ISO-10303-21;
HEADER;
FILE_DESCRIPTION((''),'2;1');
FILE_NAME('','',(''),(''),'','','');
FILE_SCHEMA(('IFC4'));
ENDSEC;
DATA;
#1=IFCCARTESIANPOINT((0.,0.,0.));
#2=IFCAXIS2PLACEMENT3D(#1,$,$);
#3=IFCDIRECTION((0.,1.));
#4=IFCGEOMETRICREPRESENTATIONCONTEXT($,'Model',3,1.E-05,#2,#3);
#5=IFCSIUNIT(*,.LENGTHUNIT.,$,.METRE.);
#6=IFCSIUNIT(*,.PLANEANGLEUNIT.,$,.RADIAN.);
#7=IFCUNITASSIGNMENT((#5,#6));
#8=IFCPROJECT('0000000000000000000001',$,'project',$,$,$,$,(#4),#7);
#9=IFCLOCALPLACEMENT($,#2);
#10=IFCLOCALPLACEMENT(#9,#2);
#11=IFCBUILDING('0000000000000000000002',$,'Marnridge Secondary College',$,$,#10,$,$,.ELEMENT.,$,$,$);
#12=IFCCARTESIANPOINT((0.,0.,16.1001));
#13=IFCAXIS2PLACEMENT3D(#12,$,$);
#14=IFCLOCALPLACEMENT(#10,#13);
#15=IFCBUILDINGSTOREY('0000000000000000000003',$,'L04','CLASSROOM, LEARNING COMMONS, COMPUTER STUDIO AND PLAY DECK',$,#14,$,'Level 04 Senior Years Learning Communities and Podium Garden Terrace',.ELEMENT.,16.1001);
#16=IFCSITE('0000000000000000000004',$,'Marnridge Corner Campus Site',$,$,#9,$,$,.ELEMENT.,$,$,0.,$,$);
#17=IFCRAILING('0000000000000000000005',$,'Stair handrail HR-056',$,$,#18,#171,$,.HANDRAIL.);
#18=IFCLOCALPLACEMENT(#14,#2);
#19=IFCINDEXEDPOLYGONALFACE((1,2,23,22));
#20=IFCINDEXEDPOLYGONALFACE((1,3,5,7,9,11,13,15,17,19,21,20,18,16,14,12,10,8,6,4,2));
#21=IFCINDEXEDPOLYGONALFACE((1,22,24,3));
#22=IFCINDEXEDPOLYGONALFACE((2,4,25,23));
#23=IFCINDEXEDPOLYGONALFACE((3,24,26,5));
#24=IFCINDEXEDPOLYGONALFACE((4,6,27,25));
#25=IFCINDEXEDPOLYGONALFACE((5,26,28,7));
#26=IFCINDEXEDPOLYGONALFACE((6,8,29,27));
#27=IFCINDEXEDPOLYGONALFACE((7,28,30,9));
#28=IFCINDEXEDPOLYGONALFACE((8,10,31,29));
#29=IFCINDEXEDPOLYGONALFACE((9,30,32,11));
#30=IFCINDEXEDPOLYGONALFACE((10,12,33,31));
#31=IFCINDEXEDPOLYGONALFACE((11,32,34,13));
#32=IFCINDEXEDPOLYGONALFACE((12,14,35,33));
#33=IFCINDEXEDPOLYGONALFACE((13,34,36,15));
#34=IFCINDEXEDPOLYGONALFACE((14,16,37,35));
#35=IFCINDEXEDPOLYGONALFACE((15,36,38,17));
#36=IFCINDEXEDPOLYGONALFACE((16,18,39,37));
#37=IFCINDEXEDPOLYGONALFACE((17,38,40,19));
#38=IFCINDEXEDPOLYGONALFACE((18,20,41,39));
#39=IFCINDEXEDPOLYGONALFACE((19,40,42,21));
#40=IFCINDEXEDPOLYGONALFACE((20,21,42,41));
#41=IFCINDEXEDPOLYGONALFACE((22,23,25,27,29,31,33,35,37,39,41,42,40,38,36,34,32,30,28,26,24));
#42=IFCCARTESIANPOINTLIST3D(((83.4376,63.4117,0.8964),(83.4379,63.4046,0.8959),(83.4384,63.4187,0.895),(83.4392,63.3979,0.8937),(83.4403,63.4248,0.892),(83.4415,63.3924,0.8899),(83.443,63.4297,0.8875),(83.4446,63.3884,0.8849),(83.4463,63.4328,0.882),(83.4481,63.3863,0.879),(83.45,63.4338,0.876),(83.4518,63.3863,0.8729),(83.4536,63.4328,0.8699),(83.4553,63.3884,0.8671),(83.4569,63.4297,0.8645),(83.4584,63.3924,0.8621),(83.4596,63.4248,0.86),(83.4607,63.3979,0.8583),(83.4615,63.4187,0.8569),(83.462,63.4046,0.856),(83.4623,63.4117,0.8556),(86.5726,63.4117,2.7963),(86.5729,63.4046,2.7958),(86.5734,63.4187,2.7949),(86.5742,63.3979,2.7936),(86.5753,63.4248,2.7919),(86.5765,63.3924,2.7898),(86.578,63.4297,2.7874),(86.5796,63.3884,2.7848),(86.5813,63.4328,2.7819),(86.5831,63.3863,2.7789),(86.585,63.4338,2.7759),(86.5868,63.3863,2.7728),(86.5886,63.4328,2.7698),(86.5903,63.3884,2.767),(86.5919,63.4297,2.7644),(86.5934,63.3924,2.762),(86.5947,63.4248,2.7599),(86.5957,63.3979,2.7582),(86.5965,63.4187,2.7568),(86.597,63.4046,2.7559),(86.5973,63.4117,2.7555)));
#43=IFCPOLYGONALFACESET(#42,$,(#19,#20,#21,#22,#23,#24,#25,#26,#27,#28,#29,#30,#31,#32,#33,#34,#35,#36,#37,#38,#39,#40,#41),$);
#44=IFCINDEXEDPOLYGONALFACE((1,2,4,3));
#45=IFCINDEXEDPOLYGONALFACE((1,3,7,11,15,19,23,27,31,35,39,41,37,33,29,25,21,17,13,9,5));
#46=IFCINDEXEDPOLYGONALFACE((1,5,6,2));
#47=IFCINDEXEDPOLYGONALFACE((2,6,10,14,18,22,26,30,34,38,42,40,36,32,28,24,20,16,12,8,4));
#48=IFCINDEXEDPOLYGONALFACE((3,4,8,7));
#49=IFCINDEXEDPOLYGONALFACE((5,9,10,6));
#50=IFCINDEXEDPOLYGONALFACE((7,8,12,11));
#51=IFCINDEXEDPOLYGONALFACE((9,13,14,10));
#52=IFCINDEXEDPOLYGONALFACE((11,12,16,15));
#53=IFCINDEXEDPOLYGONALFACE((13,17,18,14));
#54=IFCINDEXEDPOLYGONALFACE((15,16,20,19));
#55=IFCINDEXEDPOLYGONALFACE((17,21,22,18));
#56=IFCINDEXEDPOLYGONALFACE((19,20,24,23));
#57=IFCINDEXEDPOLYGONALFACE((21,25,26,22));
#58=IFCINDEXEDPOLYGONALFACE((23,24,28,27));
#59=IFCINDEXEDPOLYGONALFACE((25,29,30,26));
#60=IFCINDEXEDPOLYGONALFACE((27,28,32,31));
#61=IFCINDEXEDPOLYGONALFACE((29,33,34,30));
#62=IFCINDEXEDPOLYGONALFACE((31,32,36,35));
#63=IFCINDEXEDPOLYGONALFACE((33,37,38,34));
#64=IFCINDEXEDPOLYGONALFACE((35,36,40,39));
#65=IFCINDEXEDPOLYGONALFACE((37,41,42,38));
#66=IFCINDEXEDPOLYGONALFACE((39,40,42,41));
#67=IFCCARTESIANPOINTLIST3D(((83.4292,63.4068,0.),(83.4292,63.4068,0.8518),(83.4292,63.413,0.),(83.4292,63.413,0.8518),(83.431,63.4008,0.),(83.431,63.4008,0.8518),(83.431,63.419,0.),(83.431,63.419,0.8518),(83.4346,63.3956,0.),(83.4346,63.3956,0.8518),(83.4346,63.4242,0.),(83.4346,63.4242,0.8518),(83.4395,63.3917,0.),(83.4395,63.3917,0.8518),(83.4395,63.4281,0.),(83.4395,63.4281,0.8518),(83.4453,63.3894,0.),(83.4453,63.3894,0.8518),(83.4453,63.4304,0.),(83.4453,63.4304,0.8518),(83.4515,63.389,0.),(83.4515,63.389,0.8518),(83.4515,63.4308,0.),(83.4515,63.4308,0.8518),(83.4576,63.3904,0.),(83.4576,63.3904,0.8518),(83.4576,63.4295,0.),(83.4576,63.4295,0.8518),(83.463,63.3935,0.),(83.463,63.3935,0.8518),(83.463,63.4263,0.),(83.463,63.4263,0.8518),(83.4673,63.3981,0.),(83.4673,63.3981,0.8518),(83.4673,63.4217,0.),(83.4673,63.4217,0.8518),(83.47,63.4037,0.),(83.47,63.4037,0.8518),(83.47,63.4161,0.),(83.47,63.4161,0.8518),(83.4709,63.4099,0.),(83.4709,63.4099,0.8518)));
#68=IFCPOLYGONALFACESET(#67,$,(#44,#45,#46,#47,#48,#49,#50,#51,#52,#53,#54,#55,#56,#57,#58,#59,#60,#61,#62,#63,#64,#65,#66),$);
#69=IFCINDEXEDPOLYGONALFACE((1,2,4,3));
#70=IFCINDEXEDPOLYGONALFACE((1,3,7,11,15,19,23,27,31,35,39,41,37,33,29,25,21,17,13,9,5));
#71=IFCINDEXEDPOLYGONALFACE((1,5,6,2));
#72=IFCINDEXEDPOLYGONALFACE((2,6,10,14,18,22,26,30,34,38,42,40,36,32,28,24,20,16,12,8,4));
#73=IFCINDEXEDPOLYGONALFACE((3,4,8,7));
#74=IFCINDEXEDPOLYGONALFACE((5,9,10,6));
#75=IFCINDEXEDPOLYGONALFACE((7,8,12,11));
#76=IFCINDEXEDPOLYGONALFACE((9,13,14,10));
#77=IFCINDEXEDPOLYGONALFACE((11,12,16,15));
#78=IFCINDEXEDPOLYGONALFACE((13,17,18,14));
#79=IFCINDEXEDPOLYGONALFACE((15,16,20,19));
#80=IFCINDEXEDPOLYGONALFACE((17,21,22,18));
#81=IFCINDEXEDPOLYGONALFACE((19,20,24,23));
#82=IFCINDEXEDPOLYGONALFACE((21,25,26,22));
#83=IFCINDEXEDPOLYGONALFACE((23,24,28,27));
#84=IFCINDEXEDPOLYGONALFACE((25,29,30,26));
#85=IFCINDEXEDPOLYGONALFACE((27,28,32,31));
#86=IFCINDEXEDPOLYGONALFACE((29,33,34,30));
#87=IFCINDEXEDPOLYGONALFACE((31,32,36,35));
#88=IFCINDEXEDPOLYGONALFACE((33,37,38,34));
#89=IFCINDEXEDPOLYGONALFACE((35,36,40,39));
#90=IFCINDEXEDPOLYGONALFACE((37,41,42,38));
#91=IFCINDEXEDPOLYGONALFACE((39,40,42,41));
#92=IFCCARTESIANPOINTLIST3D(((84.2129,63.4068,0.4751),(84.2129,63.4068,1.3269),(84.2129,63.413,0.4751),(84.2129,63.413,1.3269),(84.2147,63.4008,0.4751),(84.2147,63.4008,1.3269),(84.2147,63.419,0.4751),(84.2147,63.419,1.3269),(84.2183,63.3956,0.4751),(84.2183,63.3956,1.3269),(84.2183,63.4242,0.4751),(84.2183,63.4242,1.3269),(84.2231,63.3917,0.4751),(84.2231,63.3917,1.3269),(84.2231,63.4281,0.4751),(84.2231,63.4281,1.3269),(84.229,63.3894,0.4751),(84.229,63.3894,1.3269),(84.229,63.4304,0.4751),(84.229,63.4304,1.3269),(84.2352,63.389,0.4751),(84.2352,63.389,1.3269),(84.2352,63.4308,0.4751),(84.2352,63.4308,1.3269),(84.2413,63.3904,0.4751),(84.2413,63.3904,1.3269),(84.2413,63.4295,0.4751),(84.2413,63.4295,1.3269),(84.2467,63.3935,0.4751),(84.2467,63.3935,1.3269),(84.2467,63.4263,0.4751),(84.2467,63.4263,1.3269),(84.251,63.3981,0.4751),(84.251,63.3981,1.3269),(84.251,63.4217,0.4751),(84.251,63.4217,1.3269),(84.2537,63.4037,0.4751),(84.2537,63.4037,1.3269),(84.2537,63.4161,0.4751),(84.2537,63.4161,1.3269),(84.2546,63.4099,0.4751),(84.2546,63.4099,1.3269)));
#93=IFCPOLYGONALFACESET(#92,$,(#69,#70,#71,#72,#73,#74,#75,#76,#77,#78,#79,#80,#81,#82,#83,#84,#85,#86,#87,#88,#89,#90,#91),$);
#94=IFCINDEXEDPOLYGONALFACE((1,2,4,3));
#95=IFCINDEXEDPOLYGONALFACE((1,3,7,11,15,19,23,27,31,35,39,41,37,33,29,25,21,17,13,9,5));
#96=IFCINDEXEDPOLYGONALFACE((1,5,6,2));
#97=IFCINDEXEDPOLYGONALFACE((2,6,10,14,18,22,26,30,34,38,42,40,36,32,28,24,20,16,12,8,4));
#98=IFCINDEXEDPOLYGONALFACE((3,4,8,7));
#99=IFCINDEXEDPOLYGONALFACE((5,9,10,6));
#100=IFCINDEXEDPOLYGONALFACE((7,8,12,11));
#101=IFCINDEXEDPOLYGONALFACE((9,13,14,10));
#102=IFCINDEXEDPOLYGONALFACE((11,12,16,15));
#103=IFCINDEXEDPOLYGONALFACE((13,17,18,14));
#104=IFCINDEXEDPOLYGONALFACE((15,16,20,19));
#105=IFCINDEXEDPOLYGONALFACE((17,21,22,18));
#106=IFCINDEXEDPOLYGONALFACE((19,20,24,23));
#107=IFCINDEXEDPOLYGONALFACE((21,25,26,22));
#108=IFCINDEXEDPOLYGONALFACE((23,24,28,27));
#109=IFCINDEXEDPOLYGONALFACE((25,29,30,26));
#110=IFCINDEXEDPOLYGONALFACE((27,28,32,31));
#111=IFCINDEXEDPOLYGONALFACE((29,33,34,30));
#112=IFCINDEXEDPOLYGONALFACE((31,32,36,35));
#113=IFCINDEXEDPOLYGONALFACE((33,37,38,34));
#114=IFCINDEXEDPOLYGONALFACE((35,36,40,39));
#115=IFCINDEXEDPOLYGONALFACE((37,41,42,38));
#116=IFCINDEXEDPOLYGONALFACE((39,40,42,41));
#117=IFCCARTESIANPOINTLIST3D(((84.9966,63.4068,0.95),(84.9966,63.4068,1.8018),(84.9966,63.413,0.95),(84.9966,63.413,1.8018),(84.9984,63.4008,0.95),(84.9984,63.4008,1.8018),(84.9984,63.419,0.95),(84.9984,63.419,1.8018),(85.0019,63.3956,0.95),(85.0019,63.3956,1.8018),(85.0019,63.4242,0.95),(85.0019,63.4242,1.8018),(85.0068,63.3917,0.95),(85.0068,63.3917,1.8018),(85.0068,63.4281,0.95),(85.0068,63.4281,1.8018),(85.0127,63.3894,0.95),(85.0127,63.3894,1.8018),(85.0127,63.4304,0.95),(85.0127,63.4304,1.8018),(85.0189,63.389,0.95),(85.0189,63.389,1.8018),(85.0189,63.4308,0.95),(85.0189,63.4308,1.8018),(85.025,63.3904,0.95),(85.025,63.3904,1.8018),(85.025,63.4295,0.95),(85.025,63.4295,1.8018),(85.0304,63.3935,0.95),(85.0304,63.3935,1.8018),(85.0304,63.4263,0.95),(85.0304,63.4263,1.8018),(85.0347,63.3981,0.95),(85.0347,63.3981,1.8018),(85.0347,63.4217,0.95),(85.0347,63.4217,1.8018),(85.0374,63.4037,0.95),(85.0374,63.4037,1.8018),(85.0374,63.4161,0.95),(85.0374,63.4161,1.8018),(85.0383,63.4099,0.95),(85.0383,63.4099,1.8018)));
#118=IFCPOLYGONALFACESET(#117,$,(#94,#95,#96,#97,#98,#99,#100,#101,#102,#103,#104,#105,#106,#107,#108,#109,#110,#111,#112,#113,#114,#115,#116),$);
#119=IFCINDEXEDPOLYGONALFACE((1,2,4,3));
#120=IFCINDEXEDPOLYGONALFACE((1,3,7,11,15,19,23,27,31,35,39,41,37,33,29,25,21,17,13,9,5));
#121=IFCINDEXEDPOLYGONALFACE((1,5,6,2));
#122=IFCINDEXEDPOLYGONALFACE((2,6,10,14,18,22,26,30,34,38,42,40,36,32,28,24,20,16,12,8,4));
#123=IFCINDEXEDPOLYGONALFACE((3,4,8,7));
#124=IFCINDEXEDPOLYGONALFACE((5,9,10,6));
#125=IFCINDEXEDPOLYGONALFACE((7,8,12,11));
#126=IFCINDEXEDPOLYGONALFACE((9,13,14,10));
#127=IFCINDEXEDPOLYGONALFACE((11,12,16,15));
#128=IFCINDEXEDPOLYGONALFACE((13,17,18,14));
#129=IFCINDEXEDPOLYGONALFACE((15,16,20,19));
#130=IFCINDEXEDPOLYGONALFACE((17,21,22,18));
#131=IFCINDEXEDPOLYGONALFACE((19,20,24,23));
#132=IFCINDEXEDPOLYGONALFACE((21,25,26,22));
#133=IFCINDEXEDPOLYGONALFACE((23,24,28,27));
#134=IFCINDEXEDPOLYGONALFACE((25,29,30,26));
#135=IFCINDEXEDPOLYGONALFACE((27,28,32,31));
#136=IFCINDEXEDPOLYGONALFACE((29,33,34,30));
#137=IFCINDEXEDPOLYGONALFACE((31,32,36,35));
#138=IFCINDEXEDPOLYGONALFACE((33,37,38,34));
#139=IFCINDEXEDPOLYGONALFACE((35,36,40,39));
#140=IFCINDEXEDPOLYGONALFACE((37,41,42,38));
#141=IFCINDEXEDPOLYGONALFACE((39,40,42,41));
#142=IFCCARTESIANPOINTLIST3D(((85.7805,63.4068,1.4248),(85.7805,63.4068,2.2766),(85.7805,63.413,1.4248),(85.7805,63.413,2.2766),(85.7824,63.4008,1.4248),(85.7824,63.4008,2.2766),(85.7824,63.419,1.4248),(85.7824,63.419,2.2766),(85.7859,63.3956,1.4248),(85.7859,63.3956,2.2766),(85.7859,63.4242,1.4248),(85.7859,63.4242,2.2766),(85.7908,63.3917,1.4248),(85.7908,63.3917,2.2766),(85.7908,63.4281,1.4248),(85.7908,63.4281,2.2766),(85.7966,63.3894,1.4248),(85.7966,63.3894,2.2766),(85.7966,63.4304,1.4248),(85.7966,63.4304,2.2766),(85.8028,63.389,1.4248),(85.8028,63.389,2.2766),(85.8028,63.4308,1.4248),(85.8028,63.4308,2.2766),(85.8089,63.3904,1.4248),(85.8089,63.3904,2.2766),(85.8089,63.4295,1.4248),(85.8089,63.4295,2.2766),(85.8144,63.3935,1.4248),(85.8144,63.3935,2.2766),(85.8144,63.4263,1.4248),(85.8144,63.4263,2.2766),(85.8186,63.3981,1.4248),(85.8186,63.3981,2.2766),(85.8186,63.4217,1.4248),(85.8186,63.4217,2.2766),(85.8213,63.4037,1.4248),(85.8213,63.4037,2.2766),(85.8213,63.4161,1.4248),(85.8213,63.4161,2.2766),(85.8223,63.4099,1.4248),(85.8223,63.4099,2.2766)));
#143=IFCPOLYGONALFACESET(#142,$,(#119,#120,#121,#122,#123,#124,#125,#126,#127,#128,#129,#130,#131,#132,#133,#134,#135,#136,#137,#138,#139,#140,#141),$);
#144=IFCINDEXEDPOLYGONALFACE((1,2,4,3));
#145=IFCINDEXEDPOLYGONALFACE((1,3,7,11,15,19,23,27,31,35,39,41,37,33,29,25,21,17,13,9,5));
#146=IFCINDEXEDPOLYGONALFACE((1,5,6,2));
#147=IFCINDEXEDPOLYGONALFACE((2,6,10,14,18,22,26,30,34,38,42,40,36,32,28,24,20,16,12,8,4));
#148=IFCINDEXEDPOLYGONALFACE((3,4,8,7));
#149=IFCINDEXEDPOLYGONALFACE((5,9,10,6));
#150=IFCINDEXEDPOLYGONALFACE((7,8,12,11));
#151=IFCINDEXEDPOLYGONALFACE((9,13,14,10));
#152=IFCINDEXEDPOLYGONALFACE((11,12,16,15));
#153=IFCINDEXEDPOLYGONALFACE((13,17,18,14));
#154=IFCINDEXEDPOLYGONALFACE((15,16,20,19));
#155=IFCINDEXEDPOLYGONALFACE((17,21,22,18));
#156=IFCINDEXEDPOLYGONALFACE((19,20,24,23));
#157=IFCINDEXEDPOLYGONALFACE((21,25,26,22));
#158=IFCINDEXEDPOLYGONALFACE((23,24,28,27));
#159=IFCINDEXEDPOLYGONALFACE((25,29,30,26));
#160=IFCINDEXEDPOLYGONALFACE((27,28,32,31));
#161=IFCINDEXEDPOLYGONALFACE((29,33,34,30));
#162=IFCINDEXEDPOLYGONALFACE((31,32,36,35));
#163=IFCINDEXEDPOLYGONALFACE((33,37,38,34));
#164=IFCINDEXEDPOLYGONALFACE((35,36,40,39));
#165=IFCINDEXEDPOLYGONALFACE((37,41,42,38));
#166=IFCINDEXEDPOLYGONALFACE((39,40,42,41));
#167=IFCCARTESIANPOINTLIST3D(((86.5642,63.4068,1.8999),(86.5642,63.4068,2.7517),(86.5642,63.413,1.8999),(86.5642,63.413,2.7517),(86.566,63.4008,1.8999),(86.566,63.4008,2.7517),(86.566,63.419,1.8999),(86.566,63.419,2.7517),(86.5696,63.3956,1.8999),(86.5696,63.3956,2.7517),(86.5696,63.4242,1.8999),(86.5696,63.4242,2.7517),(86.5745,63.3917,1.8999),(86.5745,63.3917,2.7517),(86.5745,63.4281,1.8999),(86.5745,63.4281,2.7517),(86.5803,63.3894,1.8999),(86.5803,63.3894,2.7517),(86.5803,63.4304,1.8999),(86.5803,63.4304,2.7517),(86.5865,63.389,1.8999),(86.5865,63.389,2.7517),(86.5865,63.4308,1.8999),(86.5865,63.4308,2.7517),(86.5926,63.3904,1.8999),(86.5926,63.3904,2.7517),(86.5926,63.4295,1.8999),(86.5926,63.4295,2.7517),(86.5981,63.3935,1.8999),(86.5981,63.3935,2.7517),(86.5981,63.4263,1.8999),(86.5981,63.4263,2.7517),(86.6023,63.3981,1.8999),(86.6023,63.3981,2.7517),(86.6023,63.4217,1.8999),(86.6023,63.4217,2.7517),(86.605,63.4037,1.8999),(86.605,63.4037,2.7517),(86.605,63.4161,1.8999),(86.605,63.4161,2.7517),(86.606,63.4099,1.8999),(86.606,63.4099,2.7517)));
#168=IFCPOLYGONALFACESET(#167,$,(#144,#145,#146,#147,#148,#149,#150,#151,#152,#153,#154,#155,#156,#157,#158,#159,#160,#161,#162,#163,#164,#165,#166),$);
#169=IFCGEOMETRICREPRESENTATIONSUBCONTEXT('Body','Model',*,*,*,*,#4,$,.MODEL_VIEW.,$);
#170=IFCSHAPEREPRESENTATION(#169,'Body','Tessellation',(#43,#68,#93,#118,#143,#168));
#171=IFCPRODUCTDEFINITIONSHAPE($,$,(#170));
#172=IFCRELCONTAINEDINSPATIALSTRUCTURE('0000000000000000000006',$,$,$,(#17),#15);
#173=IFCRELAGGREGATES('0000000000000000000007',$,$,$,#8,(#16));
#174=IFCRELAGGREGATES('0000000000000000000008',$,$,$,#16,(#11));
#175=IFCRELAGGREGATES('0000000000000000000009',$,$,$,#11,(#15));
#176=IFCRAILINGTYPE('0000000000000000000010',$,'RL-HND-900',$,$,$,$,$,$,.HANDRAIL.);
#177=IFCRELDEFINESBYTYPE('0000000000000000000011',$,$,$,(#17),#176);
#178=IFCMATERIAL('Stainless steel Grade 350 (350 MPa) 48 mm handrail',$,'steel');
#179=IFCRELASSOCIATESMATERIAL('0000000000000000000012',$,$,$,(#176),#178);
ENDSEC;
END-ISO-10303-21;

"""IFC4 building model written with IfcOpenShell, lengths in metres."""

from ifc_helpers import new_model, si_unit, direction, frame, origin, origin_2d, place, context, subcontext, project, spatial, circle, extrude, material, type_object, element, save


model = new_model("IFC4")

# Units and contexts
model_context = context("Model", 3, precision=1e-05, world=origin(), true_north=direction((0.0, 1.0)))
body_context = subcontext(model_context, "Body", "Model", "MODEL_VIEW")
ifc_project = project(units=[si_unit("LENGTHUNIT", "METRE"), si_unit("PLANEANGLEUNIT", "RADIAN")], contexts=[model_context])

# Site, building, storey
site_placement = place(None, origin())
site = spatial("IfcSite", under=ifc_project, at=site_placement, Name="Marnridge Corner Campus Site", CompositionType="ELEMENT", RefElevation=0.0)
building_placement = place(site_placement, origin())
building = spatial("IfcBuilding", under=site, at=building_placement, Name="Marnridge Secondary College", CompositionType="ELEMENT")
storey_placement = place(building_placement, frame((0.0, 0.0, 16.1001)))
storey = spatial("IfcBuildingStorey", under=building, at=storey_placement, Name="L04", Description="CLASSROOM, LEARNING COMMONS, COMPUTER STUDIO AND PLAY DECK", LongName="Level 04 Senior Years Learning Communities and Podium Garden Terrace", CompositionType="ELEMENT", Elevation=16.1001)

# Railing
ifc_material_1 = material(Name="Stainless steel Grade 350 (350 MPa) 48 mm handrail", Category="steel")
railing_type_1 = type_object("IfcRailingType", Name="RL-HND-900", PredefinedType="HANDRAIL", material=ifc_material_1)
for number, where, name in (
    (1, (83.45, 63.4099, 0.0), "Stair handrail HR-056"),
):
    element("IfcRailing", number, at=place(storey_placement, frame(where)), inside=storey, type_object=railing_type_1, Name=name, PredefinedType="HANDRAIL", context=body_context, shape_type="SweptSolid", body=[
        extrude(circle(Radius=0.0239, at=origin_2d()), frame((0.0, 0.0, 0.876), z_axis=(0.85521, 0.0, 0.518281), x_axis=(0.0, 1.0, 0.0)), (0.0, 0.0, 1.0), 3.6658),
        extrude(circle(Radius=0.021, at=origin_2d()), origin(), (0.0, 0.0, 1.0), 0.8518),
        extrude(circle(Radius=0.021, at=origin_2d()), frame((0.7837, 0.0, 0.4751)), (0.0, 0.0, 1.0), 0.8518),
        extrude(circle(Radius=0.021, at=origin_2d()), frame((1.5674, 0.0, 0.95)), (0.0, 0.0, 1.0), 0.8518),
        extrude(circle(Radius=0.021, at=origin_2d()), frame((2.3513, 0.0, 1.4248)), (0.0, 0.0, 1.0), 0.8518),
        extrude(circle(Radius=0.021, at=origin_2d()), frame((3.135, 0.0, 1.8999)), (0.0, 0.0, 1.0), 0.8518),
    ])

save(model, "model.ifc")
